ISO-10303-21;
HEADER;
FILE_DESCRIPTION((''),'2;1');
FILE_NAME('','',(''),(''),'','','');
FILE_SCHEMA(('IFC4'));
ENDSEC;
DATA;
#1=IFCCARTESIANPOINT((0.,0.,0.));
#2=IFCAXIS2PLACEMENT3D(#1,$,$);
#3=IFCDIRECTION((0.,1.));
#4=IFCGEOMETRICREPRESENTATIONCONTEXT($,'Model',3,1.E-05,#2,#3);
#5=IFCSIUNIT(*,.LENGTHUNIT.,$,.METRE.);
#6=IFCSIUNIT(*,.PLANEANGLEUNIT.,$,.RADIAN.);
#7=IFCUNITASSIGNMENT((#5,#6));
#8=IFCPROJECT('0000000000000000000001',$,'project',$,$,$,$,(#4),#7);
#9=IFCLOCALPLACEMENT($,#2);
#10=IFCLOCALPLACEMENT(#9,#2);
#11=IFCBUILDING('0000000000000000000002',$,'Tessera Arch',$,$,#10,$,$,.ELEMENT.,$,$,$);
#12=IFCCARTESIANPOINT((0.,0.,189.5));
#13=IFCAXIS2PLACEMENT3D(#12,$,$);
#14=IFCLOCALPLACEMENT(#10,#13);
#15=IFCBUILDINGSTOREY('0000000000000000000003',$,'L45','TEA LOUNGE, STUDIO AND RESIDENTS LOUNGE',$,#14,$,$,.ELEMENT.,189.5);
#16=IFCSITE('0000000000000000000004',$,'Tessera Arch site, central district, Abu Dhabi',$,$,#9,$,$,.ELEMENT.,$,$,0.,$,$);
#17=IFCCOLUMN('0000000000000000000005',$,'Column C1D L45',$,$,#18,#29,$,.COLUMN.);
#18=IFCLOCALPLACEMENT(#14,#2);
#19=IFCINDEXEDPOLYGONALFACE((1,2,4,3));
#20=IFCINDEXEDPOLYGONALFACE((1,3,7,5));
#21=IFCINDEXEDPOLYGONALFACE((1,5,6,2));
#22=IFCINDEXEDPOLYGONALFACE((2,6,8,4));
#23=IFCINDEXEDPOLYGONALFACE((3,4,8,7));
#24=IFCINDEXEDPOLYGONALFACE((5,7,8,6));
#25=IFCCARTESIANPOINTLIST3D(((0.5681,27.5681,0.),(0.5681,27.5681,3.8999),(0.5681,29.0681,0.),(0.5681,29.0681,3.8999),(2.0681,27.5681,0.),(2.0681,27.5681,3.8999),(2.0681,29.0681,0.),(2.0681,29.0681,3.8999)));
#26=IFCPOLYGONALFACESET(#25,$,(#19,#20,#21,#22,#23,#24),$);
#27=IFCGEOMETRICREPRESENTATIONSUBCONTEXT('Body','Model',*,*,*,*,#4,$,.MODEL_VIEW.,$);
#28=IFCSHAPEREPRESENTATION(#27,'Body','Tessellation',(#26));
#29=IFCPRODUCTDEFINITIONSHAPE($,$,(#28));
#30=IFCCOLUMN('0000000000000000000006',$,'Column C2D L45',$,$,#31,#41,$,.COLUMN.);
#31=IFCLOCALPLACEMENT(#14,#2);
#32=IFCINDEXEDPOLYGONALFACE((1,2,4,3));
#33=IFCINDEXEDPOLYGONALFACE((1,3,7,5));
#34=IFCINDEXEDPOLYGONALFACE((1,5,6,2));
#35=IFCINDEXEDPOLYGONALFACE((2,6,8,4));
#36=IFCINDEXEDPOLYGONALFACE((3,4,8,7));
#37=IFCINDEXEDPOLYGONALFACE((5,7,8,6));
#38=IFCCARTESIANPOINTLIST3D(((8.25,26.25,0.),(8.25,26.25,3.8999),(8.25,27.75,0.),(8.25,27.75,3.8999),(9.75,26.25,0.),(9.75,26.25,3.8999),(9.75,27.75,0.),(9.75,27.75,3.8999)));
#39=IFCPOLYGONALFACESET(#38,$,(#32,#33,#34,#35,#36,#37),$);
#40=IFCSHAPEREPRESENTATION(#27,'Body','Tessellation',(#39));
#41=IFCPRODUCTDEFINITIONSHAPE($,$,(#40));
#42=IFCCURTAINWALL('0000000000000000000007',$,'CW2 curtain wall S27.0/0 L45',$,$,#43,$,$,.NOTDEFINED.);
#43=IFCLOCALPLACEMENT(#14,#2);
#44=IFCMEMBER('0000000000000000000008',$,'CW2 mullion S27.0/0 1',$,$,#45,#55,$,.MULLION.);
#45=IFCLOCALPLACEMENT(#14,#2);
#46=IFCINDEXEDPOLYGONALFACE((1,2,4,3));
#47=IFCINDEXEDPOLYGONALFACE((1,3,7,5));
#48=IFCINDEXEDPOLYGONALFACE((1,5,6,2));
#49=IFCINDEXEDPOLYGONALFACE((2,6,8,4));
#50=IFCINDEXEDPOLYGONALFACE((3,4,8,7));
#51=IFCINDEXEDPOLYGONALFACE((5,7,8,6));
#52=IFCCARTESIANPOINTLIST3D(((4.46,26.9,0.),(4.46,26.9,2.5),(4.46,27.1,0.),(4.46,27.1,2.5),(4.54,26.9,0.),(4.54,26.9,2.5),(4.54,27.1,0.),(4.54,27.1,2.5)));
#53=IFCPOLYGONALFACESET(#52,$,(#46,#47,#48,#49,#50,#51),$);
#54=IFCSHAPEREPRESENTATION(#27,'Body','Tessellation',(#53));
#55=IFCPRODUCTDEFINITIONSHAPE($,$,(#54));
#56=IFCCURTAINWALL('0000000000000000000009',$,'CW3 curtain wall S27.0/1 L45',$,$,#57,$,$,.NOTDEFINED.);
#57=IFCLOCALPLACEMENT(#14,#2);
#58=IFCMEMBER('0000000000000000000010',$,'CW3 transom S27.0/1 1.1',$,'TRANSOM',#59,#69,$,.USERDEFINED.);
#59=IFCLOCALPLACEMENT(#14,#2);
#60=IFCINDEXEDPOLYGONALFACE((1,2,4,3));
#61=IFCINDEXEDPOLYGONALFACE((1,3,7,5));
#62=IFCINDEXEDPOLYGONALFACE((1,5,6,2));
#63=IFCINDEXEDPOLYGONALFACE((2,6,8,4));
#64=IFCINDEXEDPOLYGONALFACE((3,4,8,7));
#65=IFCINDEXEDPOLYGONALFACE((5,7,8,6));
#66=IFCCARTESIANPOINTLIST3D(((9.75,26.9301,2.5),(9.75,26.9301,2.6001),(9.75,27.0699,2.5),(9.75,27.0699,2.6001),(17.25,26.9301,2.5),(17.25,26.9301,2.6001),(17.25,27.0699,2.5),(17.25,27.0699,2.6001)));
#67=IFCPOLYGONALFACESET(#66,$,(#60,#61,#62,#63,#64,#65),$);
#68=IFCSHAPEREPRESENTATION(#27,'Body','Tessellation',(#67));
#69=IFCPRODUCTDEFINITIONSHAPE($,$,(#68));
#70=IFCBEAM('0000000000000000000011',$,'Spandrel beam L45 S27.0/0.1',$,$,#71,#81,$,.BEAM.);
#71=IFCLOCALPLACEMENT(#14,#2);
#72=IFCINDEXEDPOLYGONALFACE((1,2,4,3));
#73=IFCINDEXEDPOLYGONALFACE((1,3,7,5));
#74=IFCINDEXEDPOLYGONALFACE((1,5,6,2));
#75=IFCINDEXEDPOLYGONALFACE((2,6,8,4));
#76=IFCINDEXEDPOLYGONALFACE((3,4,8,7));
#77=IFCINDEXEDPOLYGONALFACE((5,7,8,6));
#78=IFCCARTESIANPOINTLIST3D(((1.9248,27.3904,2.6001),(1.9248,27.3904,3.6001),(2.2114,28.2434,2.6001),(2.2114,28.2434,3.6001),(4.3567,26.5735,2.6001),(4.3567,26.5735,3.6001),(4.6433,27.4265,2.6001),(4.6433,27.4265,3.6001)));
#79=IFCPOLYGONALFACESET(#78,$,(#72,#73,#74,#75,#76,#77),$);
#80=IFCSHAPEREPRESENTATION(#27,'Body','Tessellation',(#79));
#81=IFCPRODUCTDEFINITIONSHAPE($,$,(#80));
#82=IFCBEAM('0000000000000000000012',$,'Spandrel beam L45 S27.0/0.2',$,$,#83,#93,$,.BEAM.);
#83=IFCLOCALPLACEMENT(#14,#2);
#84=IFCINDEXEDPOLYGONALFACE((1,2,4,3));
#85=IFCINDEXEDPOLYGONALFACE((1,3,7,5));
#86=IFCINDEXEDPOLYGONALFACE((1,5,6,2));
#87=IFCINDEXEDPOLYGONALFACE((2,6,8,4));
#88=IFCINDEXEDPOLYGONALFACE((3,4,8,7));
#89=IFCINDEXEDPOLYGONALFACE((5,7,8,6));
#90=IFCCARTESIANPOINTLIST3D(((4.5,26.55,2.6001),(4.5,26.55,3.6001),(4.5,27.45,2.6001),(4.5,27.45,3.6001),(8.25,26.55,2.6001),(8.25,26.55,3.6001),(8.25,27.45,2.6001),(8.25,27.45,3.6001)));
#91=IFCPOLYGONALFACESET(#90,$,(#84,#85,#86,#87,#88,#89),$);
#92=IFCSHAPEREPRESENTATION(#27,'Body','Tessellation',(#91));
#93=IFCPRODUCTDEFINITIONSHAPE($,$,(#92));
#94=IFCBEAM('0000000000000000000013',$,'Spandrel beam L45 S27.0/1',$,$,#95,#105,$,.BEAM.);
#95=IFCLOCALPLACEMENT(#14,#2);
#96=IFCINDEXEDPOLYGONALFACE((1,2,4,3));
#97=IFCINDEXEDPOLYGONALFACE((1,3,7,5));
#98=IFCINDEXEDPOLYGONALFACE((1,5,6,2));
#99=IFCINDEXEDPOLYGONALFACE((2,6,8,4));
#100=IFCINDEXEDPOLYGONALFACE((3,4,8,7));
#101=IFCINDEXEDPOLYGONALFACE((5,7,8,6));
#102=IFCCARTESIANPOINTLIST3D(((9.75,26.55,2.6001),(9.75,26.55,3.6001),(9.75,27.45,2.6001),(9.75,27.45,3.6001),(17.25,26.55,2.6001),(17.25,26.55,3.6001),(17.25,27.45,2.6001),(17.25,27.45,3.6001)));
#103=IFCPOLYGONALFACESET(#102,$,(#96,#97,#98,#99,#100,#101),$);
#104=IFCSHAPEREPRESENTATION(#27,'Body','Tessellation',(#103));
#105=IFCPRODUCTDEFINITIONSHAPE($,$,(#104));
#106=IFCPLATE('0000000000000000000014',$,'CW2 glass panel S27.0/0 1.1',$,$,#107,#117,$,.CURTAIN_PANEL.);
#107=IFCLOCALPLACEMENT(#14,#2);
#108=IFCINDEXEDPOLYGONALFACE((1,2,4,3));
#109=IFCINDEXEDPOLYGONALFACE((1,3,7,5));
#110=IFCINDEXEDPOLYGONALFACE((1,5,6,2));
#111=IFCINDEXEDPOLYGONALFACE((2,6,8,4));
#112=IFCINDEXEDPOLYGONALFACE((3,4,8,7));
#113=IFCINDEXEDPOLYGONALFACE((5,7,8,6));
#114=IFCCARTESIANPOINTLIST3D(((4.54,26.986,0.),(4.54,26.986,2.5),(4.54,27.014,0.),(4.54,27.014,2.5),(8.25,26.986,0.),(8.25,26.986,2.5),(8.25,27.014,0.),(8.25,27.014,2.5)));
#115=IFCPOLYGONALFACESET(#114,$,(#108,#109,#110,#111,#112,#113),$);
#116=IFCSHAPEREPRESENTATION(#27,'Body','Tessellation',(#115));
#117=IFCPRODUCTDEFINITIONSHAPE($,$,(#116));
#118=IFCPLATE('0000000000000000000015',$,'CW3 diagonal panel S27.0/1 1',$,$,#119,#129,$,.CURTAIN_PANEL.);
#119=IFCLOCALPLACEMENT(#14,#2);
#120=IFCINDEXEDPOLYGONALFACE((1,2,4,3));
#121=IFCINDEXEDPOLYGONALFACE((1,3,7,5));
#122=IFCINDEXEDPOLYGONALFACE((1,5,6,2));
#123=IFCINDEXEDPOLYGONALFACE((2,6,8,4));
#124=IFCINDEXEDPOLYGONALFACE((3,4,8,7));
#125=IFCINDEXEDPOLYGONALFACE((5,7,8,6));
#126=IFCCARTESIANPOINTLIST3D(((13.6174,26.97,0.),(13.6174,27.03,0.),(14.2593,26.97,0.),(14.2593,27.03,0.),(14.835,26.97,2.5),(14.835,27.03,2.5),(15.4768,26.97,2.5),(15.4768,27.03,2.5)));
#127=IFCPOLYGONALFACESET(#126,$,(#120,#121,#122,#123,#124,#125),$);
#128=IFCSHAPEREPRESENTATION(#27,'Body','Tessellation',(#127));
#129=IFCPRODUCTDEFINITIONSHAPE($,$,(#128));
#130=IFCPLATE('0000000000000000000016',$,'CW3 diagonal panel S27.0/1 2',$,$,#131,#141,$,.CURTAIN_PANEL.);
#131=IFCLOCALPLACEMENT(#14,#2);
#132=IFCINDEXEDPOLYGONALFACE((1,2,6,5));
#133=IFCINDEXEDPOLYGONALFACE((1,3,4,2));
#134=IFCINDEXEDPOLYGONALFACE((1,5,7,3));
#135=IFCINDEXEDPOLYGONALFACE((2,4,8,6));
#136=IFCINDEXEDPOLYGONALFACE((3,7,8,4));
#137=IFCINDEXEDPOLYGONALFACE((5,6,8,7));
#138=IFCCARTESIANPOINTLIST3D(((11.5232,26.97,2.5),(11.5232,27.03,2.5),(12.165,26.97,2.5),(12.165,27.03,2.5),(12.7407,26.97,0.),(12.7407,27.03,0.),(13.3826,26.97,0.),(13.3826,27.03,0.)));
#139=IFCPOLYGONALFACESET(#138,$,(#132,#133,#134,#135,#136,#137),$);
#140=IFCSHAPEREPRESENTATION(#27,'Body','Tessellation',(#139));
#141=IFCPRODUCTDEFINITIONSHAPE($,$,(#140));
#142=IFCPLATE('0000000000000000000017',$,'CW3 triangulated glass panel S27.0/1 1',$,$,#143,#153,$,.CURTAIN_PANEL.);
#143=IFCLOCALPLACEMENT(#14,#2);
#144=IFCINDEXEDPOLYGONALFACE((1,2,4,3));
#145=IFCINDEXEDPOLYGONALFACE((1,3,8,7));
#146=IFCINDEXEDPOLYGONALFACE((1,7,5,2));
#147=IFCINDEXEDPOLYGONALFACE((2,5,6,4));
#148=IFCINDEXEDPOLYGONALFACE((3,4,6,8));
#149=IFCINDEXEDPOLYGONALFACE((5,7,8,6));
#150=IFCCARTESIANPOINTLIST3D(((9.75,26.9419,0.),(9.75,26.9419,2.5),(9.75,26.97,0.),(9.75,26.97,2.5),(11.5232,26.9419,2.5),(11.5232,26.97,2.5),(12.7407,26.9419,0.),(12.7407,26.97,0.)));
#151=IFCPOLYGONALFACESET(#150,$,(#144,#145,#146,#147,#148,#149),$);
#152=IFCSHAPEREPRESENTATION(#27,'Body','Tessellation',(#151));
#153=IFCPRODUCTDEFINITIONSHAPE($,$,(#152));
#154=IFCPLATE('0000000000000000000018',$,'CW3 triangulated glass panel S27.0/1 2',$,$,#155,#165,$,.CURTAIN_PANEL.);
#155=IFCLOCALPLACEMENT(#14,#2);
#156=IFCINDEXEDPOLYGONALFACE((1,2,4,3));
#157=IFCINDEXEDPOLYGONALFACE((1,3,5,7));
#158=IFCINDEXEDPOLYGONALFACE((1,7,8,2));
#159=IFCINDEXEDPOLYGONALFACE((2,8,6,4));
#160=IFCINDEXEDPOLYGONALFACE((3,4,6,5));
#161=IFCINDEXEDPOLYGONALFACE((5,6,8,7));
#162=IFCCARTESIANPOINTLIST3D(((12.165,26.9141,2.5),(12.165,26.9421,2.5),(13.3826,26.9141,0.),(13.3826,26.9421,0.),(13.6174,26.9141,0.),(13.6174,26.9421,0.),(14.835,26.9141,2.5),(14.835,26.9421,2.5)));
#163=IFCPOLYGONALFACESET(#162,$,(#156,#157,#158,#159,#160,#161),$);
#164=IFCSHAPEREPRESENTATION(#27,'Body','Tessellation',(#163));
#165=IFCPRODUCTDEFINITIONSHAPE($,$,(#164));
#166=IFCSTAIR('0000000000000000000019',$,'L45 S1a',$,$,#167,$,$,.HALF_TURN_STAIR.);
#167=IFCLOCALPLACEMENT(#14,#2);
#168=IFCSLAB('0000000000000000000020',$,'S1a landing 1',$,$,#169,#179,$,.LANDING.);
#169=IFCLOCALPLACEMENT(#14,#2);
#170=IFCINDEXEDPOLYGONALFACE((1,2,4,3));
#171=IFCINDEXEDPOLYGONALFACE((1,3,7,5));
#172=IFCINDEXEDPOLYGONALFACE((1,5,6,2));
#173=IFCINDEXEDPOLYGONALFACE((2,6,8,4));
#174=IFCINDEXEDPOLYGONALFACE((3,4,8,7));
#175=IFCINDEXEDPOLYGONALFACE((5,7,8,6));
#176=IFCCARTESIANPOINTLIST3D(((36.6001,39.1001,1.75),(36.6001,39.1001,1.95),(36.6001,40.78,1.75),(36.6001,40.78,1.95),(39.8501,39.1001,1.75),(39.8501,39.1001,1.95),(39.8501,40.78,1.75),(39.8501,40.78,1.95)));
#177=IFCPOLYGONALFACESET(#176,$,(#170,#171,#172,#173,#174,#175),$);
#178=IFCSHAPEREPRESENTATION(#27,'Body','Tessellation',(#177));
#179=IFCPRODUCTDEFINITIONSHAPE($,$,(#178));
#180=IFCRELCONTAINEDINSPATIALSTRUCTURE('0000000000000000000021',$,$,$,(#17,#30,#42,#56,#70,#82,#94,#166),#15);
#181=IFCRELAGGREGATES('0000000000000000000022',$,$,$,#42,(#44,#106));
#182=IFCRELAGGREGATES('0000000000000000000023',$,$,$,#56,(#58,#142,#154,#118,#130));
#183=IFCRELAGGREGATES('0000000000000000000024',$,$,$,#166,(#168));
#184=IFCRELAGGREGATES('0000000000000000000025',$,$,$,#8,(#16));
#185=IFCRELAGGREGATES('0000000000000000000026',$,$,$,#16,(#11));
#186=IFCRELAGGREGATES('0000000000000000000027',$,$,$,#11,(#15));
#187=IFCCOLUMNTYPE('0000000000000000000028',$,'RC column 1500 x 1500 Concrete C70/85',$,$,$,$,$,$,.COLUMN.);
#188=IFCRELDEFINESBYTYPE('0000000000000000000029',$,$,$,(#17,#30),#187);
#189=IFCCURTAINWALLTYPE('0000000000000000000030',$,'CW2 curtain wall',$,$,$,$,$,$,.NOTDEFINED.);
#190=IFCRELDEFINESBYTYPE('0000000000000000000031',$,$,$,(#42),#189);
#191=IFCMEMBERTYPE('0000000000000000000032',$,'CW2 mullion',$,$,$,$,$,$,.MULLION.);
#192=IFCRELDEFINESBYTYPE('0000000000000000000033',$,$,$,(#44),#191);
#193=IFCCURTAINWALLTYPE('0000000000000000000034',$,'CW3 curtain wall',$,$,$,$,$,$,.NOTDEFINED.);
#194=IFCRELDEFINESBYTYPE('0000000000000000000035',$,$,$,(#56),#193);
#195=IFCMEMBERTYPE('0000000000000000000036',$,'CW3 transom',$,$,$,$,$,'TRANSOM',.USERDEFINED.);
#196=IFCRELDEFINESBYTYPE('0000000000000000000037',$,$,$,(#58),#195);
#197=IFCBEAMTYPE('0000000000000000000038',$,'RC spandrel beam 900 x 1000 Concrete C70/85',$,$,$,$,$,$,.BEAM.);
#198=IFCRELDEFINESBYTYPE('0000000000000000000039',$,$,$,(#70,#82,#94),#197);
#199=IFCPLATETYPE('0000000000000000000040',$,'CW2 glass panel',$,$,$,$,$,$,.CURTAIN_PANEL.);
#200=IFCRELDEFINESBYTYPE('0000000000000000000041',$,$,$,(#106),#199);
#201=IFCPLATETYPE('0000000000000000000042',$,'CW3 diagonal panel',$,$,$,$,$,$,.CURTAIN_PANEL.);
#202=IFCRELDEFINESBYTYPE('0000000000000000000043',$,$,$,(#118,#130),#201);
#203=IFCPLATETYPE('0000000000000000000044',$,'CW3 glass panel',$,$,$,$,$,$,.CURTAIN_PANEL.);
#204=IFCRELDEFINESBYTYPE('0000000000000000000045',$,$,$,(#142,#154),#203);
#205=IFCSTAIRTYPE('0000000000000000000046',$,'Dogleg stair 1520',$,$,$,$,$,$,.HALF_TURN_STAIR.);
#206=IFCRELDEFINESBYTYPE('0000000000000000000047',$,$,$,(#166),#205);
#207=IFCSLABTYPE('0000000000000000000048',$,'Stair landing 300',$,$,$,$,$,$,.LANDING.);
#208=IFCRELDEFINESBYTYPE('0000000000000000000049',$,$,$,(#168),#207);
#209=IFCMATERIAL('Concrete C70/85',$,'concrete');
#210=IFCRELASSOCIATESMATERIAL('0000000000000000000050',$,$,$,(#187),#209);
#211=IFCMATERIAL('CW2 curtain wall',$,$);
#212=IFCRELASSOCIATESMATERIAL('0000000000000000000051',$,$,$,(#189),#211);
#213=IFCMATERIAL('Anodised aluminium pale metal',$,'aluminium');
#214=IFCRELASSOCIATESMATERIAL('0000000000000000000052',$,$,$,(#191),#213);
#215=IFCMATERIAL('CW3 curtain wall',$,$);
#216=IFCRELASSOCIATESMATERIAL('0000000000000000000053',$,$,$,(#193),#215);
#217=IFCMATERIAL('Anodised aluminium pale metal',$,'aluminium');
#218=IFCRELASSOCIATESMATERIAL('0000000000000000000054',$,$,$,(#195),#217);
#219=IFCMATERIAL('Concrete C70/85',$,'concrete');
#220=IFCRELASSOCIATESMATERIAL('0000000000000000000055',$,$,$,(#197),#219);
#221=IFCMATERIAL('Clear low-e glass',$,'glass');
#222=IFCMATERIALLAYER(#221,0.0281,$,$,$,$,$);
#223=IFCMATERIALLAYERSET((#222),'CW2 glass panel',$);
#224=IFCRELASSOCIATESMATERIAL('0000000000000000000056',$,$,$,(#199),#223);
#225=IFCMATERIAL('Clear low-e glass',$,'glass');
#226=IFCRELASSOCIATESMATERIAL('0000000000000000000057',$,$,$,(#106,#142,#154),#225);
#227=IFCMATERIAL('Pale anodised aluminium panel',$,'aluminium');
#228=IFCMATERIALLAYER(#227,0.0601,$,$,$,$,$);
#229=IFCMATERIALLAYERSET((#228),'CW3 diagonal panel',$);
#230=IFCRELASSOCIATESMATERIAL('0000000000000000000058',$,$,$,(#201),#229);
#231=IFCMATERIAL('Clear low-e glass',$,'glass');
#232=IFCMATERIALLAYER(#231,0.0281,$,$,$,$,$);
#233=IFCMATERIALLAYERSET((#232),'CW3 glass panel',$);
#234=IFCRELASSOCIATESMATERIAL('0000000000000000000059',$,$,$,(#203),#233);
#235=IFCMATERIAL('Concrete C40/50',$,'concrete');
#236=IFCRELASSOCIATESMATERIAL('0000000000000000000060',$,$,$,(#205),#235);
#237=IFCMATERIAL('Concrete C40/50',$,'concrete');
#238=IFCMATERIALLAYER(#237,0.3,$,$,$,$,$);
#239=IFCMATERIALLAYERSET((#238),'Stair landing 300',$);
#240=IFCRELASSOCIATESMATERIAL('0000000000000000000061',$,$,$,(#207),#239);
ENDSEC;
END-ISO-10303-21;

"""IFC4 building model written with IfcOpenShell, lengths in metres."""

from ifc_helpers import new_model, si_unit, direction, frame, origin, origin_2d, place, context, subcontext, project, spatial, polyline, rectangle, outline, extrude, material, layer, layer_set, material_profile, profile_set, type_object, element, aggregate, save


model = new_model("IFC4")

# Units and contexts
model_context = context("Model", 3, precision=1e-05, world=origin(), true_north=direction((0.0, 1.0)))
body_context = subcontext(model_context, "Body", "Model", "MODEL_VIEW")
ifc_project = project(units=[si_unit("LENGTHUNIT", "METRE"), si_unit("PLANEANGLEUNIT", "RADIAN")], contexts=[model_context])

# Site, building, storey
site_placement = place(None, origin())
site = spatial("IfcSite", under=ifc_project, at=site_placement, Name="Tessera Arch site, central district, Abu Dhabi", CompositionType="ELEMENT", RefElevation=0.0)
building_placement = place(site_placement, origin())
building = spatial("IfcBuilding", under=site, at=building_placement, Name="Tessera Arch", CompositionType="ELEMENT")
storey_placement = place(building_placement, frame((0.0, 0.0, 189.5)))
storey = spatial("IfcBuildingStorey", under=building, at=storey_placement, Name="L45", Description="TEA LOUNGE, STUDIO AND RESIDENTS LOUNGE", CompositionType="ELEMENT", Elevation=189.5)

# Columns
ifc_material_1 = material(Name="Concrete C70/85", Category="concrete")
ifc_material_profile_1 = material_profile(ifc_material_1, rectangle(XDim=1.5, YDim=1.5, at=origin_2d()), Name="RC column 1500 x 1500 Concrete C70/85")
ifc_profile_set_1 = profile_set([ifc_material_profile_1], Name="Concrete C70/85")
column_type = type_object("IfcColumnType", Name="RC column 1500 x 1500 Concrete C70/85", PredefinedType="COLUMN", material=ifc_profile_set_1)
for number, where, z_axis, x_axis, name in (
    (1, (1.3181, 28.3181, 0.0), (0.0, 0.0, 1.0), (1.0, 0.0, 0.0), "Column C1D L45"),
    (2, (9.0, 27.0, 0.0), (0.0, 0.0, 1.0), (1.0, 0.0, 0.0), "Column C2D L45"),
):
    element("IfcColumn", number, at=place(storey_placement, frame(where, z_axis=z_axis, x_axis=x_axis)), inside=storey, type_object=column_type, Name=name, PredefinedType="COLUMN", context=body_context, shape_type="SweptSolid", body=[
        extrude(rectangle(XDim=1.5, YDim=1.5, at=origin_2d()), origin(), (0.0, 0.0, 1.0), 3.8999),
    ])

# Curtain walls, members
ifc_material_2 = material(Name="CW2 curtain wall")
curtain_wall_type_1 = type_object("IfcCurtainWallType", Name="CW2 curtain wall", PredefinedType="NOTDEFINED", material=ifc_material_2)
curtain_wall_1_placement = place(storey_placement, origin())
curtain_wall_1 = element("IfcCurtainWall", 3, at=curtain_wall_1_placement, inside=storey, type_object=curtain_wall_type_1, Name="CW2 curtain wall S27.0/0 L45", PredefinedType="NOTDEFINED")
ifc_material_3 = material(Name="Anodised aluminium pale metal", Category="aluminium")
ifc_material_profile_2 = material_profile(ifc_material_3, rectangle(XDim=0.2, YDim=0.0801, at=origin_2d()), Name="AL 80x200")
ifc_profile_set_2 = profile_set([ifc_material_profile_2], Name="Anodised aluminium pale metal")
member_type_1 = type_object("IfcMemberType", Name="CW2 mullion", PredefinedType="MULLION", material=ifc_profile_set_2)
member_1_placement = place(storey_placement, frame((4.5, 27.0, 0.0), z_axis=(0.0, 0.0, 1.0), x_axis=(0.0, 1.0, 0.0)))
member_1 = element("IfcMember", 4, at=member_1_placement, type_object=member_type_1, Name="CW2 mullion S27.0/0 1", PredefinedType="MULLION", context=body_context, shape_type="SweptSolid", body=[
    extrude(rectangle(XDim=0.2, YDim=0.0801, at=origin_2d()), origin(), (0.0, 0.0, 1.0), 2.5),
])
ifc_material_4 = material(Name="CW3 curtain wall")
curtain_wall_type_2 = type_object("IfcCurtainWallType", Name="CW3 curtain wall", PredefinedType="NOTDEFINED", material=ifc_material_4)
curtain_wall_2_placement = place(storey_placement, origin())
curtain_wall_2 = element("IfcCurtainWall", 5, at=curtain_wall_2_placement, inside=storey, type_object=curtain_wall_type_2, Name="CW3 curtain wall S27.0/1 L45", PredefinedType="NOTDEFINED")
ifc_material_5 = material(Name="Anodised aluminium pale metal", Category="aluminium")
ifc_material_profile_3 = material_profile(ifc_material_5, rectangle(XDim=0.1399, YDim=0.1001, at=origin_2d()), Name="AL 140x100")
ifc_profile_set_3 = profile_set([ifc_material_profile_3], Name="Anodised aluminium pale metal")
member_type_2 = type_object("IfcMemberType", Name="CW3 transom", ElementType="TRANSOM", PredefinedType="USERDEFINED", material=ifc_profile_set_3)
member_2_placement = place(storey_placement, frame((9.75, 27.0, 2.55), z_axis=(1.0, 0.0, 0.0), x_axis=(0.0, 1.0, 0.0)))
member_2 = element("IfcMember", 6, at=member_2_placement, type_object=member_type_2, Name="CW3 transom S27.0/1 1.1", ObjectType="TRANSOM", PredefinedType="USERDEFINED", context=body_context, shape_type="SweptSolid", body=[
    extrude(rectangle(XDim=0.1399, YDim=0.1001, at=origin_2d()), origin(), (0.0, 0.0, 1.0), 7.5),
])

# Beams
ifc_material_6 = material(Name="Concrete C70/85", Category="concrete")
ifc_material_profile_4 = material_profile(ifc_material_6, rectangle(XDim=0.8999, YDim=1.0, at=origin_2d()), Name="RC spandrel beam 900 x 1000 Concrete C70/85")
ifc_profile_set_4 = profile_set([ifc_material_profile_4], Name="Concrete C70/85")
beam_type = type_object("IfcBeamType", Name="RC spandrel beam 900 x 1000 Concrete C70/85", PredefinedType="BEAM", material=ifc_profile_set_4)
beam_1_placement = place(storey_placement, frame((2.0681, 27.8169, 3.1001), z_axis=(0.947948, -0.318425, 0.0), x_axis=(0.318425, 0.947948, 0.0)))
element("IfcBeam", 7, at=beam_1_placement, inside=storey, type_object=beam_type, Name="Spandrel beam L45 S27.0/0.1", PredefinedType="BEAM", context=body_context, shape_type="SweptSolid", body=[
    extrude(rectangle(XDim=0.8999, YDim=1.0, at=origin_2d()), origin(), (0.0, 0.0, 1.0), 2.5654),
])
beam_2_placement = place(storey_placement, frame((4.5, 27.0, 3.1001), z_axis=(1.0, 0.0, 0.0), x_axis=(0.0, 1.0, 0.0)))
element("IfcBeam", 8, at=beam_2_placement, inside=storey, type_object=beam_type, Name="Spandrel beam L45 S27.0/0.2", PredefinedType="BEAM", context=body_context, shape_type="SweptSolid", body=[
    extrude(rectangle(XDim=0.8999, YDim=1.0, at=origin_2d()), origin(), (0.0, 0.0, 1.0), 3.75),
])
beam_3_placement = place(storey_placement, frame((9.75, 27.0, 3.1001), z_axis=(1.0, 0.0, 0.0), x_axis=(0.0, 1.0, 0.0)))
element("IfcBeam", 9, at=beam_3_placement, inside=storey, type_object=beam_type, Name="Spandrel beam L45 S27.0/1", PredefinedType="BEAM", context=body_context, shape_type="SweptSolid", body=[
    extrude(rectangle(XDim=0.8999, YDim=1.0, at=origin_2d()), origin(), (0.0, 0.0, 1.0), 7.5),
])

# Plates
ifc_material_7 = material(Name="Clear low-e glass", Category="glass")
ifc_material_8 = material(Name="Clear low-e glass", Category="glass")
ifc_layer_1 = layer(ifc_material_8, 0.0281)
ifc_layer_set_1 = layer_set([ifc_layer_1], Name="CW2 glass panel")
plate_type_1 = type_object("IfcPlateType", Name="CW2 glass panel", PredefinedType="CURTAIN_PANEL", material=ifc_layer_set_1)
plate_1_placement = place(storey_placement, frame((6.395, 27.0, 0.0), z_axis=(0.0, 0.0, 1.0), x_axis=(1.0, 0.0, 0.0)))
plate_1 = element("IfcPlate", 10, at=plate_1_placement, type_object=plate_type_1, material=ifc_material_7, Name="CW2 glass panel S27.0/0 1.1", PredefinedType="CURTAIN_PANEL", context=body_context, shape_type="SweptSolid", body=[
    extrude(rectangle(XDim=3.71, YDim=0.0281, at=origin_2d()), origin(), (0.0, 0.0, 1.0), 2.5),
])
aggregate(curtain_wall_1, [member_1, plate_1])
ifc_material_9 = material(Name="Pale anodised aluminium panel", Category="aluminium")
ifc_layer_2 = layer(ifc_material_9, 0.0601)
ifc_layer_set_2 = layer_set([ifc_layer_2], Name="CW3 diagonal panel")
plate_type_2 = type_object("IfcPlateType", Name="CW3 diagonal panel", PredefinedType="CURTAIN_PANEL", material=ifc_layer_set_2)
plate_2_placement = place(storey_placement, frame((15.4768, 26.97, 2.5), z_axis=(0.0, -1.0, 0.0), x_axis=(-1.0, 0.0, 0.0)))
plate_2 = element("IfcPlate", 11, at=plate_2_placement, type_object=plate_type_2, Name="CW3 diagonal panel S27.0/1 1", PredefinedType="CURTAIN_PANEL", context=body_context, shape_type="SweptSolid", body=[
    extrude(outline(polyline([(0.0, 0.0), (0.6418, 0.0), (1.8594, 2.5), (1.2175, 2.5), (0.0, 0.0)])), origin(), (0.0, 0.0, -1.0), 0.0601),
])
plate_3_placement = place(storey_placement, frame((12.165, 26.97, 2.5), z_axis=(0.0, -1.0, 0.0), x_axis=(-1.0, 0.0, 0.0)))
plate_3 = element("IfcPlate", 12, at=plate_3_placement, type_object=plate_type_2, Name="CW3 diagonal panel S27.0/1 2", PredefinedType="CURTAIN_PANEL", context=body_context, shape_type="SweptSolid", body=[
    extrude(outline(polyline([(0.0, 0.0), (0.6418, 0.0), (-0.5757, 2.5), (-1.2175, 2.5), (0.0, 0.0)])), origin(), (0.0, 0.0, -1.0), 0.0601),
])
ifc_material_10 = material(Name="Clear low-e glass", Category="glass")
ifc_layer_3 = layer(ifc_material_10, 0.0281)
ifc_layer_set_3 = layer_set([ifc_layer_3], Name="CW3 glass panel")
plate_type_3 = type_object("IfcPlateType", Name="CW3 glass panel", PredefinedType="CURTAIN_PANEL", material=ifc_layer_set_3)
plate_4_placement = place(storey_placement, frame((9.75, 26.9419, 0.0), z_axis=(0.0, -1.0, 0.0), x_axis=(1.0, 0.0, 0.0)))
plate_4 = element("IfcPlate", 13, at=plate_4_placement, type_object=plate_type_3, material=ifc_material_7, Name="CW3 triangulated glass panel S27.0/1 1", PredefinedType="CURTAIN_PANEL", context=body_context, shape_type="SweptSolid", body=[
    extrude(outline(polyline([(0.0, 0.0), (2.9907, 0.0), (1.7732, 2.5), (0.0, 2.5), (0.0, 0.0)])), origin(), (0.0, 0.0, -1.0), 0.0281),
])
plate_5_placement = place(storey_placement, frame((14.835, 26.9141, 2.5), z_axis=(0.0, -1.0, 0.0), x_axis=(-1.0, 0.0, 0.0)))
plate_5 = element("IfcPlate", 14, at=plate_5_placement, type_object=plate_type_3, material=ifc_material_7, Name="CW3 triangulated glass panel S27.0/1 2", PredefinedType="CURTAIN_PANEL", context=body_context, shape_type="SweptSolid", body=[
    extrude(outline(polyline([(0.0, 0.0), (2.6699, 0.0), (1.4524, 2.5), (1.2175, 2.5), (0.0, 0.0)])), origin(), (0.0, 0.0, -1.0), 0.0281),
])
aggregate(curtain_wall_2, [member_2, plate_4, plate_5, plate_2, plate_3])

# Stair, slab
ifc_material_11 = material(Name="Concrete C40/50", Category="concrete")
stair_type_1 = type_object("IfcStairType", Name="Dogleg stair 1520", PredefinedType="HALF_TURN_STAIR", material=ifc_material_11)
stair_1_placement = place(storey_placement, origin())
stair_1 = element("IfcStair", 15, at=stair_1_placement, inside=storey, type_object=stair_type_1, Name="L45 S1a", PredefinedType="HALF_TURN_STAIR")
ifc_material_12 = material(Name="Concrete C40/50", Category="concrete")
ifc_layer_4 = layer(ifc_material_12, 0.3)
ifc_layer_set_4 = layer_set([ifc_layer_4], Name="Stair landing 300")
slab_type = type_object("IfcSlabType", Name="Stair landing 300", PredefinedType="LANDING", material=ifc_layer_set_4)
slab_1_placement = place(storey_placement, frame((0.0, 0.0, 1.75)))
slab_1 = element("IfcSlab", 16, at=slab_1_placement, type_object=slab_type, Name="S1a landing 1", PredefinedType="LANDING", context=body_context, shape_type="SweptSolid", body=[
    extrude(outline(polyline([(36.6001, 40.78), (36.6001, 39.1001), (39.8501, 39.1001), (39.8501, 40.78), (36.6001, 40.78)])), origin(), (0.0, 0.0, 1.0), 0.2),
])
aggregate(stair_1, [slab_1])

save(model, "model.ifc")
